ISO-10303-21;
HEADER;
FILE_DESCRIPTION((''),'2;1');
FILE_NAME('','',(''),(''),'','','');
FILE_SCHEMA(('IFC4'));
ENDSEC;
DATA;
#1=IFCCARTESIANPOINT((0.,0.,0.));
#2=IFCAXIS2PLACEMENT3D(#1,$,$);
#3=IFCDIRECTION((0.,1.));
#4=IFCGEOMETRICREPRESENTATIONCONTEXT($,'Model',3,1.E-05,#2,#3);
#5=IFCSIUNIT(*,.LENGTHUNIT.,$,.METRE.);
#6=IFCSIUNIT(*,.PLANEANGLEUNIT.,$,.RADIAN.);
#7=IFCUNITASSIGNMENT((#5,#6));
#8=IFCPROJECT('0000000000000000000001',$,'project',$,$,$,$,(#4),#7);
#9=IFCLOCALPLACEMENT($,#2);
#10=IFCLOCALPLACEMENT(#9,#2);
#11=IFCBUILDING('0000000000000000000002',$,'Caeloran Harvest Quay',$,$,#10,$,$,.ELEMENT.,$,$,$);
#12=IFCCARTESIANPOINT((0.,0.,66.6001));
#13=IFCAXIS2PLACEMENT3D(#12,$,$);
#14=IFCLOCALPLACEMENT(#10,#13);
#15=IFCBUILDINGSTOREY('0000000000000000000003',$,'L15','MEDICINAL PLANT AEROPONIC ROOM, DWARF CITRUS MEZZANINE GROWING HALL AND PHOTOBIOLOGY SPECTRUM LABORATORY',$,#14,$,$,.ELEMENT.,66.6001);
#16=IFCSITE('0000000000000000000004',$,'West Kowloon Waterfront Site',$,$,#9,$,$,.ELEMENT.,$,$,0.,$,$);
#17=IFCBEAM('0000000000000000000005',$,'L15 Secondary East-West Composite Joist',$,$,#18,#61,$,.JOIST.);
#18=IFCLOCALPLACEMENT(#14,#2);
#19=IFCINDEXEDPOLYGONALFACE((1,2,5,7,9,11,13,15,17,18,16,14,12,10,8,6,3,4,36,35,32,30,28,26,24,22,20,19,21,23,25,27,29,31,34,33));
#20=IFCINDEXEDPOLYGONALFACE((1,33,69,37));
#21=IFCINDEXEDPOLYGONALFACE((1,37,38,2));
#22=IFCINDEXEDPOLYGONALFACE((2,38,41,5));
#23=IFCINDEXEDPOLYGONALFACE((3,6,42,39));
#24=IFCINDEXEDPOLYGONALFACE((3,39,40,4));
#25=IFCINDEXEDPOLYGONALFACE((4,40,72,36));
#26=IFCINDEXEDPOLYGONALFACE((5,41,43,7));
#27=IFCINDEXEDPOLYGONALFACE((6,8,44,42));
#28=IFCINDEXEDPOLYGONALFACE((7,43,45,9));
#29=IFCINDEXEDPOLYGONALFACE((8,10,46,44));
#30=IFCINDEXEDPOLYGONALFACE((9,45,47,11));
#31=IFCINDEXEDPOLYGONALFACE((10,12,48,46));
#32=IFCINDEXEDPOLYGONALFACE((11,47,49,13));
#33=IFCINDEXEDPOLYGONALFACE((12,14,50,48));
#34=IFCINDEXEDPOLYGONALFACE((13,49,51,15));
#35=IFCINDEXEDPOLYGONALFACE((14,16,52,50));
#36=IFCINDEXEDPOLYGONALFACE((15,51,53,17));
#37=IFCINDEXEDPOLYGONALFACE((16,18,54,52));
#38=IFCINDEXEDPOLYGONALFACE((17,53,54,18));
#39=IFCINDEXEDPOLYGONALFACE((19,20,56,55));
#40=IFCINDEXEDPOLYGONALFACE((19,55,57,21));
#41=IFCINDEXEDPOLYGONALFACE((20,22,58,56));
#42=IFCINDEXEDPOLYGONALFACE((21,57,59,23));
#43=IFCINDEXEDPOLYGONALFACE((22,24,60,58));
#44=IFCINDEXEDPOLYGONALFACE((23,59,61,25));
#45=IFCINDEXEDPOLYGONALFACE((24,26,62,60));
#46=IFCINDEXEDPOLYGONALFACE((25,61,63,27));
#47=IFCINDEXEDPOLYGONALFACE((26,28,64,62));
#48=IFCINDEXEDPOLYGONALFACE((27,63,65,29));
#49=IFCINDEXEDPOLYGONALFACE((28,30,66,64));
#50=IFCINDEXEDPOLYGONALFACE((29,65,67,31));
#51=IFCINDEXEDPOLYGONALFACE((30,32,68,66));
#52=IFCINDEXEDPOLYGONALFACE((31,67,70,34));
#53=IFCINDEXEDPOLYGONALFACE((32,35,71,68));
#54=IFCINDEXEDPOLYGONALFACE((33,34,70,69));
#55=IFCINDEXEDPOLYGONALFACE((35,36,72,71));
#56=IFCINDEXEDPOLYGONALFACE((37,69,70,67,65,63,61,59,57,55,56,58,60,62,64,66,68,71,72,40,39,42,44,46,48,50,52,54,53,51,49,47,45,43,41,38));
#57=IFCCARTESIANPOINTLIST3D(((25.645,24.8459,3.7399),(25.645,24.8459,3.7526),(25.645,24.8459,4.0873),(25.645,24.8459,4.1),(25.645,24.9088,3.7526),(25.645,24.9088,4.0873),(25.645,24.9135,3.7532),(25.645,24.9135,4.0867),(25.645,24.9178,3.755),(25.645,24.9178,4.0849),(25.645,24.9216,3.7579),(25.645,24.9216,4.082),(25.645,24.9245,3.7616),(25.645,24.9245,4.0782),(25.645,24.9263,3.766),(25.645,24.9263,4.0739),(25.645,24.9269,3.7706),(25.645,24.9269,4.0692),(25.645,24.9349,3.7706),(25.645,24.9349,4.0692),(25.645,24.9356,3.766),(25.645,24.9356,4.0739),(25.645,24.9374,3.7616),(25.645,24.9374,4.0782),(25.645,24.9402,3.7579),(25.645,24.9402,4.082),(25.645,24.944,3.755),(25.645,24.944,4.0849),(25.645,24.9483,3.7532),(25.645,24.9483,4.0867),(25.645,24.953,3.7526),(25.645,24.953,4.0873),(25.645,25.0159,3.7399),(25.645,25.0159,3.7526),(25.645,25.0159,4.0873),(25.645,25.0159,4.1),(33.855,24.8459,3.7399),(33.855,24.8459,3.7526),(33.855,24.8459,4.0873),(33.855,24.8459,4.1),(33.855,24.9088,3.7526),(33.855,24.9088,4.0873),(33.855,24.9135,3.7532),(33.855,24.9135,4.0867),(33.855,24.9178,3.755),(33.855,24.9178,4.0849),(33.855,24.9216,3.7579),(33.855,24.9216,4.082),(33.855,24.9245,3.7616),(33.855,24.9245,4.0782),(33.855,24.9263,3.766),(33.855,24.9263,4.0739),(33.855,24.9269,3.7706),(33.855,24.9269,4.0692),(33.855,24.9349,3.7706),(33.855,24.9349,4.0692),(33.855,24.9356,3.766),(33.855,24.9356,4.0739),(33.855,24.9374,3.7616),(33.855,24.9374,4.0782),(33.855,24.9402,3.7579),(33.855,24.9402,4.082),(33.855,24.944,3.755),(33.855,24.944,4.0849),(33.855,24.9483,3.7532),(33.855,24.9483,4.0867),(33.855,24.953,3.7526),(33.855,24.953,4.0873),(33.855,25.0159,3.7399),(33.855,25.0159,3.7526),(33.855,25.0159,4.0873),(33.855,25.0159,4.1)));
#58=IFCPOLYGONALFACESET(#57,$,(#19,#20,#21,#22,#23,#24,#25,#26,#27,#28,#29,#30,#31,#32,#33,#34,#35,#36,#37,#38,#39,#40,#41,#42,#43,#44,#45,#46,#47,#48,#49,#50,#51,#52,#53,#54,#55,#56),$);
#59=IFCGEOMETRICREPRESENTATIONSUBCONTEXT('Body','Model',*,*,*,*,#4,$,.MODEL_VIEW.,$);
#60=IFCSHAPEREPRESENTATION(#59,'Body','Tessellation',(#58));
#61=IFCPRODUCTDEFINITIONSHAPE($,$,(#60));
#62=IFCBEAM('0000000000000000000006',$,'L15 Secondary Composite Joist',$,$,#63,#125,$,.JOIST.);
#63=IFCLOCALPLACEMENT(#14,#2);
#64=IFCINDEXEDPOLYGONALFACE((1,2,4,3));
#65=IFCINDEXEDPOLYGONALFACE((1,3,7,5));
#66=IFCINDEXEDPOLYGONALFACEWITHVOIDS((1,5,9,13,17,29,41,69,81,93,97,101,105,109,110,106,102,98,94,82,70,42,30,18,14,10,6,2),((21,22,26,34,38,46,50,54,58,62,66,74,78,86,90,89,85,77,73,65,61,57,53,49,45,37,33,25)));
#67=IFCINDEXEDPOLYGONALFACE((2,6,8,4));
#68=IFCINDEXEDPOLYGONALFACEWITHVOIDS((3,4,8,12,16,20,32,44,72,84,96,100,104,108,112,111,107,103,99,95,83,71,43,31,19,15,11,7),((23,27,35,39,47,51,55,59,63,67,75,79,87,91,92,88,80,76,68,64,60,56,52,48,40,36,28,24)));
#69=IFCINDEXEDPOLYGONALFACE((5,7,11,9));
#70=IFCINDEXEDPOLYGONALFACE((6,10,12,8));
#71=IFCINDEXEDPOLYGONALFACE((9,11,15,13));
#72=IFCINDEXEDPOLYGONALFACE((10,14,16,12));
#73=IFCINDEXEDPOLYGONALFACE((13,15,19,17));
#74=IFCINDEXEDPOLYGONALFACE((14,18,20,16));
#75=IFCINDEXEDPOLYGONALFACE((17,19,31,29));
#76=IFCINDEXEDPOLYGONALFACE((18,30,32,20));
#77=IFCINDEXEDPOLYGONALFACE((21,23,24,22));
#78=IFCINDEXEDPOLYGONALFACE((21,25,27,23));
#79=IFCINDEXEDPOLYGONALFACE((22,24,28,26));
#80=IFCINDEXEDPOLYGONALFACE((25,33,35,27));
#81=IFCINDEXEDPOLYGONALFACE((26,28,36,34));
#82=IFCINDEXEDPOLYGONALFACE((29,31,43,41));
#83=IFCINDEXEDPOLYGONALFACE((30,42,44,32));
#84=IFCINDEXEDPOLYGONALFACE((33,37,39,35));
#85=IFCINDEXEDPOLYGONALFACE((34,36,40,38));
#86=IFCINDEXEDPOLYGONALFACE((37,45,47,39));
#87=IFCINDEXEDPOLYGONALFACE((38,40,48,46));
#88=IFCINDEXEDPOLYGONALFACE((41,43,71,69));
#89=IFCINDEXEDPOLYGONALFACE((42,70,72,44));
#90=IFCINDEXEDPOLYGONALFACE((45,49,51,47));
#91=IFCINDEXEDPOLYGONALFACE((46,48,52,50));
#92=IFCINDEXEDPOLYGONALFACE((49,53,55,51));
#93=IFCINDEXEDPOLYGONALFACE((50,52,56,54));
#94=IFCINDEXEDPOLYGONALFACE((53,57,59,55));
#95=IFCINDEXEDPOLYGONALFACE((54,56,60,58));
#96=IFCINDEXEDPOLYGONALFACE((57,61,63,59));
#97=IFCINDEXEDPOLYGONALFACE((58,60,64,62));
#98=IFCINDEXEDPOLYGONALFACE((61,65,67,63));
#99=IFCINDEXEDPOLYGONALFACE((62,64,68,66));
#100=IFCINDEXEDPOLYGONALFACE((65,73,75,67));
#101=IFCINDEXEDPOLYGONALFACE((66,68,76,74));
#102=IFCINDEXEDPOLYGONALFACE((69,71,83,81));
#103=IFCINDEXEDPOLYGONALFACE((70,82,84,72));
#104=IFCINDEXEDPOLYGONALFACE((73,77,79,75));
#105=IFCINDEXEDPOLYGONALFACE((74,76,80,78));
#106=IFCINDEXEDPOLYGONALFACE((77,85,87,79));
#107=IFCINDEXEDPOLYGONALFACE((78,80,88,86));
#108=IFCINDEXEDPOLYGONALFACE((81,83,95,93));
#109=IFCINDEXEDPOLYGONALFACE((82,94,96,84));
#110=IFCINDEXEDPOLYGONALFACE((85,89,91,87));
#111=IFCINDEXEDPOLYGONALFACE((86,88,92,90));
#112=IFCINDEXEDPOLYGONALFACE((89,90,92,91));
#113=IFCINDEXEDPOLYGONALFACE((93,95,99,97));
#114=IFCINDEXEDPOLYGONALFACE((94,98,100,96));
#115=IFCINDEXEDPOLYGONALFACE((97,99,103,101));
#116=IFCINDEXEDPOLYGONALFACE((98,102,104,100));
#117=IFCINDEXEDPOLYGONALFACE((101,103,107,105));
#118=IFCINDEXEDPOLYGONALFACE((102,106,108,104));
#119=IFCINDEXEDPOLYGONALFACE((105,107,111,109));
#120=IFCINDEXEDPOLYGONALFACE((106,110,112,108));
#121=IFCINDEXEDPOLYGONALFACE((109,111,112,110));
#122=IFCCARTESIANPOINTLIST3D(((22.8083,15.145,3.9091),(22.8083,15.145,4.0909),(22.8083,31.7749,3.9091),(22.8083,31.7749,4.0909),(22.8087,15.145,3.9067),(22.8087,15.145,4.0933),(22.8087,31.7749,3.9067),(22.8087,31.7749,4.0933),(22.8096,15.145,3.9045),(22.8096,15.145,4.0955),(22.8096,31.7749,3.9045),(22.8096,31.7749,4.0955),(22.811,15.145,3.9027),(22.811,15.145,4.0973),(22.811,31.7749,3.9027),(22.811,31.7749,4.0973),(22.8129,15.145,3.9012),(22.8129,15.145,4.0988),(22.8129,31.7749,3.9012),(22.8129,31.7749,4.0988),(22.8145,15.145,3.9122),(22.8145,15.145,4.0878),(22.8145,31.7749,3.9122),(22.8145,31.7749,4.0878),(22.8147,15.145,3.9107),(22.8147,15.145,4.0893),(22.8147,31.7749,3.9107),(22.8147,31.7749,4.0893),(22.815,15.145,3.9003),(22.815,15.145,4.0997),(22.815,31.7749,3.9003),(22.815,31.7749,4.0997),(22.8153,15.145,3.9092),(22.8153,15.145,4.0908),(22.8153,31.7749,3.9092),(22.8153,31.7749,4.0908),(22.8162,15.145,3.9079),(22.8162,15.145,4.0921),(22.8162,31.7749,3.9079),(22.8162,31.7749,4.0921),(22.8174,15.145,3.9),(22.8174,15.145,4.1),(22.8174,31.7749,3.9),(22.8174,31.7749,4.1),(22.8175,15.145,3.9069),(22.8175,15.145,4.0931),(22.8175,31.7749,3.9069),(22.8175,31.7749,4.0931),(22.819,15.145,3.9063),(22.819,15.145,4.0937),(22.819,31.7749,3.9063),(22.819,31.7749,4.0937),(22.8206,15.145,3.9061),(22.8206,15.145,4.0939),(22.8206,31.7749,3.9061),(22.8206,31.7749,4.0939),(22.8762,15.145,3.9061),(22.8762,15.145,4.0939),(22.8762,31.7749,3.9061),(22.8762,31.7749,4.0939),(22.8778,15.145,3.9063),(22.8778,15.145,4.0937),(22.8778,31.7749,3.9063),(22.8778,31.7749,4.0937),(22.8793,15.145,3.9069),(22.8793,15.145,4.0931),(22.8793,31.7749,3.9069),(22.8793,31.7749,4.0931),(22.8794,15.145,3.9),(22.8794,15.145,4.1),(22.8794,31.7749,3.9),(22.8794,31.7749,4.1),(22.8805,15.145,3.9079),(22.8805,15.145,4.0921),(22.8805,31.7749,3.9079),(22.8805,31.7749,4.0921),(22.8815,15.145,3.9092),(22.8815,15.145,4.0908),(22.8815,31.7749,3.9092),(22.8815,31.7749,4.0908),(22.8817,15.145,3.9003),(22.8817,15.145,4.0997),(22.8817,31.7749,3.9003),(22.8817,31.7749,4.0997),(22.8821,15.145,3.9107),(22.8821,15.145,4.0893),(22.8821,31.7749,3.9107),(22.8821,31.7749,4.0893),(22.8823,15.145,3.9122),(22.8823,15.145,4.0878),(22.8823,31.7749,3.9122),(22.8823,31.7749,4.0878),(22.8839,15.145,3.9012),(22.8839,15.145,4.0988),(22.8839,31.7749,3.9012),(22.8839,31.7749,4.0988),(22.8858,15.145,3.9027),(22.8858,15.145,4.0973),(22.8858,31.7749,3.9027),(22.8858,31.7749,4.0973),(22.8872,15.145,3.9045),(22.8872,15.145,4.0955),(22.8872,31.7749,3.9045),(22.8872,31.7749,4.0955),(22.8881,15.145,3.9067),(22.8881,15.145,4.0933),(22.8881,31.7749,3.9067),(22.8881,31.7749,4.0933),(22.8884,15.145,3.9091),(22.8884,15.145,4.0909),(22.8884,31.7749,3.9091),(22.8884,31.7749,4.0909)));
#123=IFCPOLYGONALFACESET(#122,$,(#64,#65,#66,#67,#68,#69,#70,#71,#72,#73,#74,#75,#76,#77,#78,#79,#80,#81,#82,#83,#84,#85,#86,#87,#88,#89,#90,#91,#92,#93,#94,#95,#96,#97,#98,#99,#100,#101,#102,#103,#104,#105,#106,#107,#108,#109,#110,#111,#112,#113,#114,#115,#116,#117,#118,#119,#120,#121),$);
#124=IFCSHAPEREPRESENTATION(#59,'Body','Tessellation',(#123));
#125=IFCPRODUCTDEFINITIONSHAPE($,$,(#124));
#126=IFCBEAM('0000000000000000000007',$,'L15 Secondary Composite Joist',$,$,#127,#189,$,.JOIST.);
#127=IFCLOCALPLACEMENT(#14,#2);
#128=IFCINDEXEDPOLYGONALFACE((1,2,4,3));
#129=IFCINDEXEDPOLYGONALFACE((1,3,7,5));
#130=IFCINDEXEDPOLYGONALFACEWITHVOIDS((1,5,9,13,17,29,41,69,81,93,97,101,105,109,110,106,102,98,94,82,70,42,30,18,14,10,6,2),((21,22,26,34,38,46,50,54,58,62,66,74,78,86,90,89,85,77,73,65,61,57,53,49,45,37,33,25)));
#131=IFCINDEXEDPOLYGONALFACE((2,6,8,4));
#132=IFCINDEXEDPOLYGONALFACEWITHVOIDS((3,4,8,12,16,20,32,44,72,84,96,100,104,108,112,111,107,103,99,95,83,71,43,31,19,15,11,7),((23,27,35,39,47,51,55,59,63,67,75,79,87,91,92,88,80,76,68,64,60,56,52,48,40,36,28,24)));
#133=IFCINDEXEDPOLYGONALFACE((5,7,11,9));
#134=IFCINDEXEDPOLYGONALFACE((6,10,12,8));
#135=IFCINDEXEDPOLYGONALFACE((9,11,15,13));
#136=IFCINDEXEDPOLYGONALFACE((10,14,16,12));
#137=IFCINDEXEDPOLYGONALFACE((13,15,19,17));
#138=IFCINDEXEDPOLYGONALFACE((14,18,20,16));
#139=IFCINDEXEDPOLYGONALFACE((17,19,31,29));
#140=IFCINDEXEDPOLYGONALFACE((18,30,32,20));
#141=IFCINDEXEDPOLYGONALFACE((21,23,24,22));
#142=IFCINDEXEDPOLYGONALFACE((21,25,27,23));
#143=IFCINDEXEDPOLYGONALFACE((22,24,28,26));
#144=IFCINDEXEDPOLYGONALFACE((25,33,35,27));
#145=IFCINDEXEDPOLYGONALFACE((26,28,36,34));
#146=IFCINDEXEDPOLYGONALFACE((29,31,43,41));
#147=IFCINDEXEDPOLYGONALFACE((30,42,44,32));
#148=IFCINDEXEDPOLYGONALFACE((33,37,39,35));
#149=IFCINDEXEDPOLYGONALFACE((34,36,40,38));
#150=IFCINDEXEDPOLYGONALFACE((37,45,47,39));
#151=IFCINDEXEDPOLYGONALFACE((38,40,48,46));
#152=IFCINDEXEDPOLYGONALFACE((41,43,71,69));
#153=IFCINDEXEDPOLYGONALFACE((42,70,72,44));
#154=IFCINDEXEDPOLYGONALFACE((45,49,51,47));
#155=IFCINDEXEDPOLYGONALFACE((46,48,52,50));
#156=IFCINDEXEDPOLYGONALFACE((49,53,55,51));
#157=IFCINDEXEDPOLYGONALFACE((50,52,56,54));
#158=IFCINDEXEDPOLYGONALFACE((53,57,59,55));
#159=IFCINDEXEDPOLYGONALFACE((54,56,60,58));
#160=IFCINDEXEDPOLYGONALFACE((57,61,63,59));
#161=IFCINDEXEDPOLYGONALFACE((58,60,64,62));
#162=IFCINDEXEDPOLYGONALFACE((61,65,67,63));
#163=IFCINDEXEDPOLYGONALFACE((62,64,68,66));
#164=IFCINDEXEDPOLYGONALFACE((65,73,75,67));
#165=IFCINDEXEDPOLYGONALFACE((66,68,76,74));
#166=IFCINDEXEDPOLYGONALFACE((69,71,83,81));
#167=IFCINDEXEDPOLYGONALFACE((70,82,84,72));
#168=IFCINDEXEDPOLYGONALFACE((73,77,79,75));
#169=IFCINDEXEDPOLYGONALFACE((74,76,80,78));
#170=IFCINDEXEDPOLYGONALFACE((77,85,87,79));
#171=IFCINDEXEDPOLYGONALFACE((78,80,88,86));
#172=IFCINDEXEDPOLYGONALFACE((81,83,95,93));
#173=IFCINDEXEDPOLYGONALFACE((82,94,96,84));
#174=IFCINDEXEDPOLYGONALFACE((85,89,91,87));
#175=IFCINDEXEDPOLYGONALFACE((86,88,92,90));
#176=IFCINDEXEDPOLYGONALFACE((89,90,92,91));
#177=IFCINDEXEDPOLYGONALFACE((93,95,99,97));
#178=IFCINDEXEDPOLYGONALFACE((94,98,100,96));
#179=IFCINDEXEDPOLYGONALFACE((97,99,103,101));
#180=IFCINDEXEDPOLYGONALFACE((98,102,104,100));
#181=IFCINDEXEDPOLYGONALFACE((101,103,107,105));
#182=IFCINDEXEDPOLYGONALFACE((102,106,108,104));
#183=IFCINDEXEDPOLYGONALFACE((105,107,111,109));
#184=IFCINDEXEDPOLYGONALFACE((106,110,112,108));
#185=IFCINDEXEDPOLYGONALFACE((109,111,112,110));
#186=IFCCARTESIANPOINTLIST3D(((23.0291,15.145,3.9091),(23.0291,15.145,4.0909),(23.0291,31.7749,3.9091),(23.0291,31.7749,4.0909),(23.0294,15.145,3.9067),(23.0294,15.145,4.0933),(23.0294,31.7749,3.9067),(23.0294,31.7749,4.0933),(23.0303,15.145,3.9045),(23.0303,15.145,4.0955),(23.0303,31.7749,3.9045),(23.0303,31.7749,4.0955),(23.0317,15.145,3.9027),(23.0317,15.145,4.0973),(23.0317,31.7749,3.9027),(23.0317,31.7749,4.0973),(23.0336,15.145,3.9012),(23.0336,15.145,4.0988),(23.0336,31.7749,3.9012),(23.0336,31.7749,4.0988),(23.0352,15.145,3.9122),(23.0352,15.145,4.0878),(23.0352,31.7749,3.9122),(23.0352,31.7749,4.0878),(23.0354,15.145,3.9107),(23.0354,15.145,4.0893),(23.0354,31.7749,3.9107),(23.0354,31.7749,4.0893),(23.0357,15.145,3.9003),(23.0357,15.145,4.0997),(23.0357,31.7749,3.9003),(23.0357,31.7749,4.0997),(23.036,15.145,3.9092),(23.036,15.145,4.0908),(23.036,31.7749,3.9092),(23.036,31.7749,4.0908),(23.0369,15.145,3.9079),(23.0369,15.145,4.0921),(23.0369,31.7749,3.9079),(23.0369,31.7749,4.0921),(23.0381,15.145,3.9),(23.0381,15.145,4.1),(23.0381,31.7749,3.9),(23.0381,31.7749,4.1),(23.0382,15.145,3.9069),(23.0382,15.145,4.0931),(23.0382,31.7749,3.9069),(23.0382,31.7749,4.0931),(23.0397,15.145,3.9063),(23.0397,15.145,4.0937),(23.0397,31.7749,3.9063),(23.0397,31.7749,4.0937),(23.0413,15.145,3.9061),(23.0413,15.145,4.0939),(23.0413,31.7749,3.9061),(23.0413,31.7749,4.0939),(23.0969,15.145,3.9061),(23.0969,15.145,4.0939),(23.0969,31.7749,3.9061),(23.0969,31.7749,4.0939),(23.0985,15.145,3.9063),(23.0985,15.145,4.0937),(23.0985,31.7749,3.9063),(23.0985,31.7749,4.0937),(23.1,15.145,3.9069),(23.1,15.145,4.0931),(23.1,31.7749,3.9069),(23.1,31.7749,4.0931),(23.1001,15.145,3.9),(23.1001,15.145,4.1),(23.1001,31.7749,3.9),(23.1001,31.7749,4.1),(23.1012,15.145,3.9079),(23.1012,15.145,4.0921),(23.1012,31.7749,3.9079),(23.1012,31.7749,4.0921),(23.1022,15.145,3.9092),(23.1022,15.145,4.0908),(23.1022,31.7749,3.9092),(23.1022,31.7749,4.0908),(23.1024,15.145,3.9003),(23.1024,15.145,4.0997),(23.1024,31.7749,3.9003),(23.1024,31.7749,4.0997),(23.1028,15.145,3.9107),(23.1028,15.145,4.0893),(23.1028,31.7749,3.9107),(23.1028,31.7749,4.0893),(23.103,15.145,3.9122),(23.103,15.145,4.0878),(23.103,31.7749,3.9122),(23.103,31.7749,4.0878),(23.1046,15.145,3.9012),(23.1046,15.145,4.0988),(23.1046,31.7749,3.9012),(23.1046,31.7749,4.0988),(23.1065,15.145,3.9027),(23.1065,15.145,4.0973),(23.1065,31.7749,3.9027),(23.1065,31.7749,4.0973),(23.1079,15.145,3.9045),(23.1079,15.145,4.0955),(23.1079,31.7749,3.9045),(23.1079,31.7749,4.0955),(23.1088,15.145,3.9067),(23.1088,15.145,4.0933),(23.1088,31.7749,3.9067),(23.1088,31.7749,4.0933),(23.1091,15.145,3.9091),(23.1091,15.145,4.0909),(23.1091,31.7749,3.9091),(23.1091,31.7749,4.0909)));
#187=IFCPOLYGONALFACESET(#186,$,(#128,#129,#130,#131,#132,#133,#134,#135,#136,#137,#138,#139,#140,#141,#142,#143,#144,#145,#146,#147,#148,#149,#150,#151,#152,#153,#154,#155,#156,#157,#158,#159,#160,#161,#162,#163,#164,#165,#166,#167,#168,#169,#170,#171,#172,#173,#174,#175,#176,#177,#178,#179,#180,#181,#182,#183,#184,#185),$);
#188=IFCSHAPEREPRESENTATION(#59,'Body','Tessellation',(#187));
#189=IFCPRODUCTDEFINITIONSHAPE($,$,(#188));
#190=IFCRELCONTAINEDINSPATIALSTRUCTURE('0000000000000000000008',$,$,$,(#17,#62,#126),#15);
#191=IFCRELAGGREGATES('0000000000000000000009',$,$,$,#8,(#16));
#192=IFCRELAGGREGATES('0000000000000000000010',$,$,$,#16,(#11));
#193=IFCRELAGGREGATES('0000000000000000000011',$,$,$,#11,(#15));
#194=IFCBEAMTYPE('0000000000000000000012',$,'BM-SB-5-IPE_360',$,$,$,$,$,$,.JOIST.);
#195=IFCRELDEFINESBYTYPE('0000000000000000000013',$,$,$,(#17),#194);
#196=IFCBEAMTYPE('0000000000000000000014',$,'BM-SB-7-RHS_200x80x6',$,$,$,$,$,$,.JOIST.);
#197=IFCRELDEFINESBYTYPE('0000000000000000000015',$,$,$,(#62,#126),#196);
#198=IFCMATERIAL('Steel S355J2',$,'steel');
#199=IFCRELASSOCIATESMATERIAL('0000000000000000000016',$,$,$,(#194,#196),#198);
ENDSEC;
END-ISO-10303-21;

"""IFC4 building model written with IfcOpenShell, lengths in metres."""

from ifc_helpers import new_model, si_unit, direction, frame, origin, origin_2d, place, context, subcontext, project, spatial, hollow_rectangle, i_section, extrude, material, material_profile, profile_set, type_object, element, save


model = new_model("IFC4")

# Units and contexts
model_context = context("Model", 3, precision=1e-05, world=origin(), true_north=direction((0.0, 1.0)))
body_context = subcontext(model_context, "Body", "Model", "MODEL_VIEW")
ifc_project = project(units=[si_unit("LENGTHUNIT", "METRE"), si_unit("PLANEANGLEUNIT", "RADIAN")], contexts=[model_context])

# Site, building, storey
site_placement = place(None, origin())
site = spatial("IfcSite", under=ifc_project, at=site_placement, Name="West Kowloon Waterfront Site", CompositionType="ELEMENT", RefElevation=0.0)
building_placement = place(site_placement, origin())
building = spatial("IfcBuilding", under=site, at=building_placement, Name="Caeloran Harvest Quay", CompositionType="ELEMENT")
storey_placement = place(building_placement, frame((0.0, 0.0, 66.6001)))
storey = spatial("IfcBuildingStorey", under=building, at=storey_placement, Name="L15", Description="MEDICINAL PLANT AEROPONIC ROOM, DWARF CITRUS MEZZANINE GROWING HALL AND PHOTOBIOLOGY SPECTRUM LABORATORY", CompositionType="ELEMENT", Elevation=66.6001)

# Beams
ifc_material_1 = material(Name="Steel S355J2", Category="steel")
ifc_material_profile_1 = material_profile(ifc_material_1, i_section(OverallWidth=0.1699, OverallDepth=0.3601, WebThickness=0.0081, FlangeThickness=0.0127, FilletRadius=0.0181, at=origin_2d()), Name="IPE 360")
ifc_profile_set_1 = profile_set([ifc_material_profile_1], Name="Steel S355J2")
beam_type_1 = type_object("IfcBeamType", Name="BM-SB-5-IPE_360", PredefinedType="JOIST", material=ifc_profile_set_1)
for number, where, z_axis, x_axis, name in (
    (1, (25.645, 24.9309, 3.9199), (1.0, 0.0, 0.0), (0.0, 1.0, 0.0), "L15 Secondary East-West Composite Joist"),
):
    element("IfcBeam", number, at=place(storey_placement, frame(where, z_axis=z_axis, x_axis=x_axis)), inside=storey, type_object=beam_type_1, Name=name, PredefinedType="JOIST", context=body_context, shape_type="SweptSolid", body=[
        extrude(i_section(OverallWidth=0.1699, OverallDepth=0.3601, WebThickness=0.0081, FlangeThickness=0.0127, FilletRadius=0.0181, at=origin_2d()), origin(), (0.0, 0.0, 1.0), 8.21),
    ])
ifc_material_profile_2 = material_profile(ifc_material_1, hollow_rectangle(XDim=0.0801, YDim=0.2, WallThickness=0.0061, InnerFilletRadius=0.0061, OuterFilletRadius=0.009, at=origin_2d()), Name="RHS 200x80x6")
ifc_profile_set_2 = profile_set([ifc_material_profile_2], Name="Steel S355J2")
beam_type_2 = type_object("IfcBeamType", Name="BM-SB-7-RHS_200x80x6", PredefinedType="JOIST", material=ifc_profile_set_2)
for number, where, z_axis, x_axis, name in (
    (2, (22.8484, 15.145, 4.0), (0.0, 1.0, 0.0), (-1.0, 0.0, 0.0), "L15 Secondary Composite Joist"),
    (3, (23.0691, 15.145, 4.0), (0.0, 1.0, 0.0), (-1.0, 0.0, 0.0), "L15 Secondary Composite Joist"),
):
    element("IfcBeam", number, at=place(storey_placement, frame(where, z_axis=z_axis, x_axis=x_axis)), inside=storey, type_object=beam_type_2, Name=name, PredefinedType="JOIST", context=body_context, shape_type="SweptSolid", body=[
        extrude(hollow_rectangle(XDim=0.0801, YDim=0.2, WallThickness=0.0061, InnerFilletRadius=0.0061, OuterFilletRadius=0.009, at=origin_2d()), origin(), (0.0, 0.0, 1.0), 16.6299),
    ])

save(model, "model.ifc")
